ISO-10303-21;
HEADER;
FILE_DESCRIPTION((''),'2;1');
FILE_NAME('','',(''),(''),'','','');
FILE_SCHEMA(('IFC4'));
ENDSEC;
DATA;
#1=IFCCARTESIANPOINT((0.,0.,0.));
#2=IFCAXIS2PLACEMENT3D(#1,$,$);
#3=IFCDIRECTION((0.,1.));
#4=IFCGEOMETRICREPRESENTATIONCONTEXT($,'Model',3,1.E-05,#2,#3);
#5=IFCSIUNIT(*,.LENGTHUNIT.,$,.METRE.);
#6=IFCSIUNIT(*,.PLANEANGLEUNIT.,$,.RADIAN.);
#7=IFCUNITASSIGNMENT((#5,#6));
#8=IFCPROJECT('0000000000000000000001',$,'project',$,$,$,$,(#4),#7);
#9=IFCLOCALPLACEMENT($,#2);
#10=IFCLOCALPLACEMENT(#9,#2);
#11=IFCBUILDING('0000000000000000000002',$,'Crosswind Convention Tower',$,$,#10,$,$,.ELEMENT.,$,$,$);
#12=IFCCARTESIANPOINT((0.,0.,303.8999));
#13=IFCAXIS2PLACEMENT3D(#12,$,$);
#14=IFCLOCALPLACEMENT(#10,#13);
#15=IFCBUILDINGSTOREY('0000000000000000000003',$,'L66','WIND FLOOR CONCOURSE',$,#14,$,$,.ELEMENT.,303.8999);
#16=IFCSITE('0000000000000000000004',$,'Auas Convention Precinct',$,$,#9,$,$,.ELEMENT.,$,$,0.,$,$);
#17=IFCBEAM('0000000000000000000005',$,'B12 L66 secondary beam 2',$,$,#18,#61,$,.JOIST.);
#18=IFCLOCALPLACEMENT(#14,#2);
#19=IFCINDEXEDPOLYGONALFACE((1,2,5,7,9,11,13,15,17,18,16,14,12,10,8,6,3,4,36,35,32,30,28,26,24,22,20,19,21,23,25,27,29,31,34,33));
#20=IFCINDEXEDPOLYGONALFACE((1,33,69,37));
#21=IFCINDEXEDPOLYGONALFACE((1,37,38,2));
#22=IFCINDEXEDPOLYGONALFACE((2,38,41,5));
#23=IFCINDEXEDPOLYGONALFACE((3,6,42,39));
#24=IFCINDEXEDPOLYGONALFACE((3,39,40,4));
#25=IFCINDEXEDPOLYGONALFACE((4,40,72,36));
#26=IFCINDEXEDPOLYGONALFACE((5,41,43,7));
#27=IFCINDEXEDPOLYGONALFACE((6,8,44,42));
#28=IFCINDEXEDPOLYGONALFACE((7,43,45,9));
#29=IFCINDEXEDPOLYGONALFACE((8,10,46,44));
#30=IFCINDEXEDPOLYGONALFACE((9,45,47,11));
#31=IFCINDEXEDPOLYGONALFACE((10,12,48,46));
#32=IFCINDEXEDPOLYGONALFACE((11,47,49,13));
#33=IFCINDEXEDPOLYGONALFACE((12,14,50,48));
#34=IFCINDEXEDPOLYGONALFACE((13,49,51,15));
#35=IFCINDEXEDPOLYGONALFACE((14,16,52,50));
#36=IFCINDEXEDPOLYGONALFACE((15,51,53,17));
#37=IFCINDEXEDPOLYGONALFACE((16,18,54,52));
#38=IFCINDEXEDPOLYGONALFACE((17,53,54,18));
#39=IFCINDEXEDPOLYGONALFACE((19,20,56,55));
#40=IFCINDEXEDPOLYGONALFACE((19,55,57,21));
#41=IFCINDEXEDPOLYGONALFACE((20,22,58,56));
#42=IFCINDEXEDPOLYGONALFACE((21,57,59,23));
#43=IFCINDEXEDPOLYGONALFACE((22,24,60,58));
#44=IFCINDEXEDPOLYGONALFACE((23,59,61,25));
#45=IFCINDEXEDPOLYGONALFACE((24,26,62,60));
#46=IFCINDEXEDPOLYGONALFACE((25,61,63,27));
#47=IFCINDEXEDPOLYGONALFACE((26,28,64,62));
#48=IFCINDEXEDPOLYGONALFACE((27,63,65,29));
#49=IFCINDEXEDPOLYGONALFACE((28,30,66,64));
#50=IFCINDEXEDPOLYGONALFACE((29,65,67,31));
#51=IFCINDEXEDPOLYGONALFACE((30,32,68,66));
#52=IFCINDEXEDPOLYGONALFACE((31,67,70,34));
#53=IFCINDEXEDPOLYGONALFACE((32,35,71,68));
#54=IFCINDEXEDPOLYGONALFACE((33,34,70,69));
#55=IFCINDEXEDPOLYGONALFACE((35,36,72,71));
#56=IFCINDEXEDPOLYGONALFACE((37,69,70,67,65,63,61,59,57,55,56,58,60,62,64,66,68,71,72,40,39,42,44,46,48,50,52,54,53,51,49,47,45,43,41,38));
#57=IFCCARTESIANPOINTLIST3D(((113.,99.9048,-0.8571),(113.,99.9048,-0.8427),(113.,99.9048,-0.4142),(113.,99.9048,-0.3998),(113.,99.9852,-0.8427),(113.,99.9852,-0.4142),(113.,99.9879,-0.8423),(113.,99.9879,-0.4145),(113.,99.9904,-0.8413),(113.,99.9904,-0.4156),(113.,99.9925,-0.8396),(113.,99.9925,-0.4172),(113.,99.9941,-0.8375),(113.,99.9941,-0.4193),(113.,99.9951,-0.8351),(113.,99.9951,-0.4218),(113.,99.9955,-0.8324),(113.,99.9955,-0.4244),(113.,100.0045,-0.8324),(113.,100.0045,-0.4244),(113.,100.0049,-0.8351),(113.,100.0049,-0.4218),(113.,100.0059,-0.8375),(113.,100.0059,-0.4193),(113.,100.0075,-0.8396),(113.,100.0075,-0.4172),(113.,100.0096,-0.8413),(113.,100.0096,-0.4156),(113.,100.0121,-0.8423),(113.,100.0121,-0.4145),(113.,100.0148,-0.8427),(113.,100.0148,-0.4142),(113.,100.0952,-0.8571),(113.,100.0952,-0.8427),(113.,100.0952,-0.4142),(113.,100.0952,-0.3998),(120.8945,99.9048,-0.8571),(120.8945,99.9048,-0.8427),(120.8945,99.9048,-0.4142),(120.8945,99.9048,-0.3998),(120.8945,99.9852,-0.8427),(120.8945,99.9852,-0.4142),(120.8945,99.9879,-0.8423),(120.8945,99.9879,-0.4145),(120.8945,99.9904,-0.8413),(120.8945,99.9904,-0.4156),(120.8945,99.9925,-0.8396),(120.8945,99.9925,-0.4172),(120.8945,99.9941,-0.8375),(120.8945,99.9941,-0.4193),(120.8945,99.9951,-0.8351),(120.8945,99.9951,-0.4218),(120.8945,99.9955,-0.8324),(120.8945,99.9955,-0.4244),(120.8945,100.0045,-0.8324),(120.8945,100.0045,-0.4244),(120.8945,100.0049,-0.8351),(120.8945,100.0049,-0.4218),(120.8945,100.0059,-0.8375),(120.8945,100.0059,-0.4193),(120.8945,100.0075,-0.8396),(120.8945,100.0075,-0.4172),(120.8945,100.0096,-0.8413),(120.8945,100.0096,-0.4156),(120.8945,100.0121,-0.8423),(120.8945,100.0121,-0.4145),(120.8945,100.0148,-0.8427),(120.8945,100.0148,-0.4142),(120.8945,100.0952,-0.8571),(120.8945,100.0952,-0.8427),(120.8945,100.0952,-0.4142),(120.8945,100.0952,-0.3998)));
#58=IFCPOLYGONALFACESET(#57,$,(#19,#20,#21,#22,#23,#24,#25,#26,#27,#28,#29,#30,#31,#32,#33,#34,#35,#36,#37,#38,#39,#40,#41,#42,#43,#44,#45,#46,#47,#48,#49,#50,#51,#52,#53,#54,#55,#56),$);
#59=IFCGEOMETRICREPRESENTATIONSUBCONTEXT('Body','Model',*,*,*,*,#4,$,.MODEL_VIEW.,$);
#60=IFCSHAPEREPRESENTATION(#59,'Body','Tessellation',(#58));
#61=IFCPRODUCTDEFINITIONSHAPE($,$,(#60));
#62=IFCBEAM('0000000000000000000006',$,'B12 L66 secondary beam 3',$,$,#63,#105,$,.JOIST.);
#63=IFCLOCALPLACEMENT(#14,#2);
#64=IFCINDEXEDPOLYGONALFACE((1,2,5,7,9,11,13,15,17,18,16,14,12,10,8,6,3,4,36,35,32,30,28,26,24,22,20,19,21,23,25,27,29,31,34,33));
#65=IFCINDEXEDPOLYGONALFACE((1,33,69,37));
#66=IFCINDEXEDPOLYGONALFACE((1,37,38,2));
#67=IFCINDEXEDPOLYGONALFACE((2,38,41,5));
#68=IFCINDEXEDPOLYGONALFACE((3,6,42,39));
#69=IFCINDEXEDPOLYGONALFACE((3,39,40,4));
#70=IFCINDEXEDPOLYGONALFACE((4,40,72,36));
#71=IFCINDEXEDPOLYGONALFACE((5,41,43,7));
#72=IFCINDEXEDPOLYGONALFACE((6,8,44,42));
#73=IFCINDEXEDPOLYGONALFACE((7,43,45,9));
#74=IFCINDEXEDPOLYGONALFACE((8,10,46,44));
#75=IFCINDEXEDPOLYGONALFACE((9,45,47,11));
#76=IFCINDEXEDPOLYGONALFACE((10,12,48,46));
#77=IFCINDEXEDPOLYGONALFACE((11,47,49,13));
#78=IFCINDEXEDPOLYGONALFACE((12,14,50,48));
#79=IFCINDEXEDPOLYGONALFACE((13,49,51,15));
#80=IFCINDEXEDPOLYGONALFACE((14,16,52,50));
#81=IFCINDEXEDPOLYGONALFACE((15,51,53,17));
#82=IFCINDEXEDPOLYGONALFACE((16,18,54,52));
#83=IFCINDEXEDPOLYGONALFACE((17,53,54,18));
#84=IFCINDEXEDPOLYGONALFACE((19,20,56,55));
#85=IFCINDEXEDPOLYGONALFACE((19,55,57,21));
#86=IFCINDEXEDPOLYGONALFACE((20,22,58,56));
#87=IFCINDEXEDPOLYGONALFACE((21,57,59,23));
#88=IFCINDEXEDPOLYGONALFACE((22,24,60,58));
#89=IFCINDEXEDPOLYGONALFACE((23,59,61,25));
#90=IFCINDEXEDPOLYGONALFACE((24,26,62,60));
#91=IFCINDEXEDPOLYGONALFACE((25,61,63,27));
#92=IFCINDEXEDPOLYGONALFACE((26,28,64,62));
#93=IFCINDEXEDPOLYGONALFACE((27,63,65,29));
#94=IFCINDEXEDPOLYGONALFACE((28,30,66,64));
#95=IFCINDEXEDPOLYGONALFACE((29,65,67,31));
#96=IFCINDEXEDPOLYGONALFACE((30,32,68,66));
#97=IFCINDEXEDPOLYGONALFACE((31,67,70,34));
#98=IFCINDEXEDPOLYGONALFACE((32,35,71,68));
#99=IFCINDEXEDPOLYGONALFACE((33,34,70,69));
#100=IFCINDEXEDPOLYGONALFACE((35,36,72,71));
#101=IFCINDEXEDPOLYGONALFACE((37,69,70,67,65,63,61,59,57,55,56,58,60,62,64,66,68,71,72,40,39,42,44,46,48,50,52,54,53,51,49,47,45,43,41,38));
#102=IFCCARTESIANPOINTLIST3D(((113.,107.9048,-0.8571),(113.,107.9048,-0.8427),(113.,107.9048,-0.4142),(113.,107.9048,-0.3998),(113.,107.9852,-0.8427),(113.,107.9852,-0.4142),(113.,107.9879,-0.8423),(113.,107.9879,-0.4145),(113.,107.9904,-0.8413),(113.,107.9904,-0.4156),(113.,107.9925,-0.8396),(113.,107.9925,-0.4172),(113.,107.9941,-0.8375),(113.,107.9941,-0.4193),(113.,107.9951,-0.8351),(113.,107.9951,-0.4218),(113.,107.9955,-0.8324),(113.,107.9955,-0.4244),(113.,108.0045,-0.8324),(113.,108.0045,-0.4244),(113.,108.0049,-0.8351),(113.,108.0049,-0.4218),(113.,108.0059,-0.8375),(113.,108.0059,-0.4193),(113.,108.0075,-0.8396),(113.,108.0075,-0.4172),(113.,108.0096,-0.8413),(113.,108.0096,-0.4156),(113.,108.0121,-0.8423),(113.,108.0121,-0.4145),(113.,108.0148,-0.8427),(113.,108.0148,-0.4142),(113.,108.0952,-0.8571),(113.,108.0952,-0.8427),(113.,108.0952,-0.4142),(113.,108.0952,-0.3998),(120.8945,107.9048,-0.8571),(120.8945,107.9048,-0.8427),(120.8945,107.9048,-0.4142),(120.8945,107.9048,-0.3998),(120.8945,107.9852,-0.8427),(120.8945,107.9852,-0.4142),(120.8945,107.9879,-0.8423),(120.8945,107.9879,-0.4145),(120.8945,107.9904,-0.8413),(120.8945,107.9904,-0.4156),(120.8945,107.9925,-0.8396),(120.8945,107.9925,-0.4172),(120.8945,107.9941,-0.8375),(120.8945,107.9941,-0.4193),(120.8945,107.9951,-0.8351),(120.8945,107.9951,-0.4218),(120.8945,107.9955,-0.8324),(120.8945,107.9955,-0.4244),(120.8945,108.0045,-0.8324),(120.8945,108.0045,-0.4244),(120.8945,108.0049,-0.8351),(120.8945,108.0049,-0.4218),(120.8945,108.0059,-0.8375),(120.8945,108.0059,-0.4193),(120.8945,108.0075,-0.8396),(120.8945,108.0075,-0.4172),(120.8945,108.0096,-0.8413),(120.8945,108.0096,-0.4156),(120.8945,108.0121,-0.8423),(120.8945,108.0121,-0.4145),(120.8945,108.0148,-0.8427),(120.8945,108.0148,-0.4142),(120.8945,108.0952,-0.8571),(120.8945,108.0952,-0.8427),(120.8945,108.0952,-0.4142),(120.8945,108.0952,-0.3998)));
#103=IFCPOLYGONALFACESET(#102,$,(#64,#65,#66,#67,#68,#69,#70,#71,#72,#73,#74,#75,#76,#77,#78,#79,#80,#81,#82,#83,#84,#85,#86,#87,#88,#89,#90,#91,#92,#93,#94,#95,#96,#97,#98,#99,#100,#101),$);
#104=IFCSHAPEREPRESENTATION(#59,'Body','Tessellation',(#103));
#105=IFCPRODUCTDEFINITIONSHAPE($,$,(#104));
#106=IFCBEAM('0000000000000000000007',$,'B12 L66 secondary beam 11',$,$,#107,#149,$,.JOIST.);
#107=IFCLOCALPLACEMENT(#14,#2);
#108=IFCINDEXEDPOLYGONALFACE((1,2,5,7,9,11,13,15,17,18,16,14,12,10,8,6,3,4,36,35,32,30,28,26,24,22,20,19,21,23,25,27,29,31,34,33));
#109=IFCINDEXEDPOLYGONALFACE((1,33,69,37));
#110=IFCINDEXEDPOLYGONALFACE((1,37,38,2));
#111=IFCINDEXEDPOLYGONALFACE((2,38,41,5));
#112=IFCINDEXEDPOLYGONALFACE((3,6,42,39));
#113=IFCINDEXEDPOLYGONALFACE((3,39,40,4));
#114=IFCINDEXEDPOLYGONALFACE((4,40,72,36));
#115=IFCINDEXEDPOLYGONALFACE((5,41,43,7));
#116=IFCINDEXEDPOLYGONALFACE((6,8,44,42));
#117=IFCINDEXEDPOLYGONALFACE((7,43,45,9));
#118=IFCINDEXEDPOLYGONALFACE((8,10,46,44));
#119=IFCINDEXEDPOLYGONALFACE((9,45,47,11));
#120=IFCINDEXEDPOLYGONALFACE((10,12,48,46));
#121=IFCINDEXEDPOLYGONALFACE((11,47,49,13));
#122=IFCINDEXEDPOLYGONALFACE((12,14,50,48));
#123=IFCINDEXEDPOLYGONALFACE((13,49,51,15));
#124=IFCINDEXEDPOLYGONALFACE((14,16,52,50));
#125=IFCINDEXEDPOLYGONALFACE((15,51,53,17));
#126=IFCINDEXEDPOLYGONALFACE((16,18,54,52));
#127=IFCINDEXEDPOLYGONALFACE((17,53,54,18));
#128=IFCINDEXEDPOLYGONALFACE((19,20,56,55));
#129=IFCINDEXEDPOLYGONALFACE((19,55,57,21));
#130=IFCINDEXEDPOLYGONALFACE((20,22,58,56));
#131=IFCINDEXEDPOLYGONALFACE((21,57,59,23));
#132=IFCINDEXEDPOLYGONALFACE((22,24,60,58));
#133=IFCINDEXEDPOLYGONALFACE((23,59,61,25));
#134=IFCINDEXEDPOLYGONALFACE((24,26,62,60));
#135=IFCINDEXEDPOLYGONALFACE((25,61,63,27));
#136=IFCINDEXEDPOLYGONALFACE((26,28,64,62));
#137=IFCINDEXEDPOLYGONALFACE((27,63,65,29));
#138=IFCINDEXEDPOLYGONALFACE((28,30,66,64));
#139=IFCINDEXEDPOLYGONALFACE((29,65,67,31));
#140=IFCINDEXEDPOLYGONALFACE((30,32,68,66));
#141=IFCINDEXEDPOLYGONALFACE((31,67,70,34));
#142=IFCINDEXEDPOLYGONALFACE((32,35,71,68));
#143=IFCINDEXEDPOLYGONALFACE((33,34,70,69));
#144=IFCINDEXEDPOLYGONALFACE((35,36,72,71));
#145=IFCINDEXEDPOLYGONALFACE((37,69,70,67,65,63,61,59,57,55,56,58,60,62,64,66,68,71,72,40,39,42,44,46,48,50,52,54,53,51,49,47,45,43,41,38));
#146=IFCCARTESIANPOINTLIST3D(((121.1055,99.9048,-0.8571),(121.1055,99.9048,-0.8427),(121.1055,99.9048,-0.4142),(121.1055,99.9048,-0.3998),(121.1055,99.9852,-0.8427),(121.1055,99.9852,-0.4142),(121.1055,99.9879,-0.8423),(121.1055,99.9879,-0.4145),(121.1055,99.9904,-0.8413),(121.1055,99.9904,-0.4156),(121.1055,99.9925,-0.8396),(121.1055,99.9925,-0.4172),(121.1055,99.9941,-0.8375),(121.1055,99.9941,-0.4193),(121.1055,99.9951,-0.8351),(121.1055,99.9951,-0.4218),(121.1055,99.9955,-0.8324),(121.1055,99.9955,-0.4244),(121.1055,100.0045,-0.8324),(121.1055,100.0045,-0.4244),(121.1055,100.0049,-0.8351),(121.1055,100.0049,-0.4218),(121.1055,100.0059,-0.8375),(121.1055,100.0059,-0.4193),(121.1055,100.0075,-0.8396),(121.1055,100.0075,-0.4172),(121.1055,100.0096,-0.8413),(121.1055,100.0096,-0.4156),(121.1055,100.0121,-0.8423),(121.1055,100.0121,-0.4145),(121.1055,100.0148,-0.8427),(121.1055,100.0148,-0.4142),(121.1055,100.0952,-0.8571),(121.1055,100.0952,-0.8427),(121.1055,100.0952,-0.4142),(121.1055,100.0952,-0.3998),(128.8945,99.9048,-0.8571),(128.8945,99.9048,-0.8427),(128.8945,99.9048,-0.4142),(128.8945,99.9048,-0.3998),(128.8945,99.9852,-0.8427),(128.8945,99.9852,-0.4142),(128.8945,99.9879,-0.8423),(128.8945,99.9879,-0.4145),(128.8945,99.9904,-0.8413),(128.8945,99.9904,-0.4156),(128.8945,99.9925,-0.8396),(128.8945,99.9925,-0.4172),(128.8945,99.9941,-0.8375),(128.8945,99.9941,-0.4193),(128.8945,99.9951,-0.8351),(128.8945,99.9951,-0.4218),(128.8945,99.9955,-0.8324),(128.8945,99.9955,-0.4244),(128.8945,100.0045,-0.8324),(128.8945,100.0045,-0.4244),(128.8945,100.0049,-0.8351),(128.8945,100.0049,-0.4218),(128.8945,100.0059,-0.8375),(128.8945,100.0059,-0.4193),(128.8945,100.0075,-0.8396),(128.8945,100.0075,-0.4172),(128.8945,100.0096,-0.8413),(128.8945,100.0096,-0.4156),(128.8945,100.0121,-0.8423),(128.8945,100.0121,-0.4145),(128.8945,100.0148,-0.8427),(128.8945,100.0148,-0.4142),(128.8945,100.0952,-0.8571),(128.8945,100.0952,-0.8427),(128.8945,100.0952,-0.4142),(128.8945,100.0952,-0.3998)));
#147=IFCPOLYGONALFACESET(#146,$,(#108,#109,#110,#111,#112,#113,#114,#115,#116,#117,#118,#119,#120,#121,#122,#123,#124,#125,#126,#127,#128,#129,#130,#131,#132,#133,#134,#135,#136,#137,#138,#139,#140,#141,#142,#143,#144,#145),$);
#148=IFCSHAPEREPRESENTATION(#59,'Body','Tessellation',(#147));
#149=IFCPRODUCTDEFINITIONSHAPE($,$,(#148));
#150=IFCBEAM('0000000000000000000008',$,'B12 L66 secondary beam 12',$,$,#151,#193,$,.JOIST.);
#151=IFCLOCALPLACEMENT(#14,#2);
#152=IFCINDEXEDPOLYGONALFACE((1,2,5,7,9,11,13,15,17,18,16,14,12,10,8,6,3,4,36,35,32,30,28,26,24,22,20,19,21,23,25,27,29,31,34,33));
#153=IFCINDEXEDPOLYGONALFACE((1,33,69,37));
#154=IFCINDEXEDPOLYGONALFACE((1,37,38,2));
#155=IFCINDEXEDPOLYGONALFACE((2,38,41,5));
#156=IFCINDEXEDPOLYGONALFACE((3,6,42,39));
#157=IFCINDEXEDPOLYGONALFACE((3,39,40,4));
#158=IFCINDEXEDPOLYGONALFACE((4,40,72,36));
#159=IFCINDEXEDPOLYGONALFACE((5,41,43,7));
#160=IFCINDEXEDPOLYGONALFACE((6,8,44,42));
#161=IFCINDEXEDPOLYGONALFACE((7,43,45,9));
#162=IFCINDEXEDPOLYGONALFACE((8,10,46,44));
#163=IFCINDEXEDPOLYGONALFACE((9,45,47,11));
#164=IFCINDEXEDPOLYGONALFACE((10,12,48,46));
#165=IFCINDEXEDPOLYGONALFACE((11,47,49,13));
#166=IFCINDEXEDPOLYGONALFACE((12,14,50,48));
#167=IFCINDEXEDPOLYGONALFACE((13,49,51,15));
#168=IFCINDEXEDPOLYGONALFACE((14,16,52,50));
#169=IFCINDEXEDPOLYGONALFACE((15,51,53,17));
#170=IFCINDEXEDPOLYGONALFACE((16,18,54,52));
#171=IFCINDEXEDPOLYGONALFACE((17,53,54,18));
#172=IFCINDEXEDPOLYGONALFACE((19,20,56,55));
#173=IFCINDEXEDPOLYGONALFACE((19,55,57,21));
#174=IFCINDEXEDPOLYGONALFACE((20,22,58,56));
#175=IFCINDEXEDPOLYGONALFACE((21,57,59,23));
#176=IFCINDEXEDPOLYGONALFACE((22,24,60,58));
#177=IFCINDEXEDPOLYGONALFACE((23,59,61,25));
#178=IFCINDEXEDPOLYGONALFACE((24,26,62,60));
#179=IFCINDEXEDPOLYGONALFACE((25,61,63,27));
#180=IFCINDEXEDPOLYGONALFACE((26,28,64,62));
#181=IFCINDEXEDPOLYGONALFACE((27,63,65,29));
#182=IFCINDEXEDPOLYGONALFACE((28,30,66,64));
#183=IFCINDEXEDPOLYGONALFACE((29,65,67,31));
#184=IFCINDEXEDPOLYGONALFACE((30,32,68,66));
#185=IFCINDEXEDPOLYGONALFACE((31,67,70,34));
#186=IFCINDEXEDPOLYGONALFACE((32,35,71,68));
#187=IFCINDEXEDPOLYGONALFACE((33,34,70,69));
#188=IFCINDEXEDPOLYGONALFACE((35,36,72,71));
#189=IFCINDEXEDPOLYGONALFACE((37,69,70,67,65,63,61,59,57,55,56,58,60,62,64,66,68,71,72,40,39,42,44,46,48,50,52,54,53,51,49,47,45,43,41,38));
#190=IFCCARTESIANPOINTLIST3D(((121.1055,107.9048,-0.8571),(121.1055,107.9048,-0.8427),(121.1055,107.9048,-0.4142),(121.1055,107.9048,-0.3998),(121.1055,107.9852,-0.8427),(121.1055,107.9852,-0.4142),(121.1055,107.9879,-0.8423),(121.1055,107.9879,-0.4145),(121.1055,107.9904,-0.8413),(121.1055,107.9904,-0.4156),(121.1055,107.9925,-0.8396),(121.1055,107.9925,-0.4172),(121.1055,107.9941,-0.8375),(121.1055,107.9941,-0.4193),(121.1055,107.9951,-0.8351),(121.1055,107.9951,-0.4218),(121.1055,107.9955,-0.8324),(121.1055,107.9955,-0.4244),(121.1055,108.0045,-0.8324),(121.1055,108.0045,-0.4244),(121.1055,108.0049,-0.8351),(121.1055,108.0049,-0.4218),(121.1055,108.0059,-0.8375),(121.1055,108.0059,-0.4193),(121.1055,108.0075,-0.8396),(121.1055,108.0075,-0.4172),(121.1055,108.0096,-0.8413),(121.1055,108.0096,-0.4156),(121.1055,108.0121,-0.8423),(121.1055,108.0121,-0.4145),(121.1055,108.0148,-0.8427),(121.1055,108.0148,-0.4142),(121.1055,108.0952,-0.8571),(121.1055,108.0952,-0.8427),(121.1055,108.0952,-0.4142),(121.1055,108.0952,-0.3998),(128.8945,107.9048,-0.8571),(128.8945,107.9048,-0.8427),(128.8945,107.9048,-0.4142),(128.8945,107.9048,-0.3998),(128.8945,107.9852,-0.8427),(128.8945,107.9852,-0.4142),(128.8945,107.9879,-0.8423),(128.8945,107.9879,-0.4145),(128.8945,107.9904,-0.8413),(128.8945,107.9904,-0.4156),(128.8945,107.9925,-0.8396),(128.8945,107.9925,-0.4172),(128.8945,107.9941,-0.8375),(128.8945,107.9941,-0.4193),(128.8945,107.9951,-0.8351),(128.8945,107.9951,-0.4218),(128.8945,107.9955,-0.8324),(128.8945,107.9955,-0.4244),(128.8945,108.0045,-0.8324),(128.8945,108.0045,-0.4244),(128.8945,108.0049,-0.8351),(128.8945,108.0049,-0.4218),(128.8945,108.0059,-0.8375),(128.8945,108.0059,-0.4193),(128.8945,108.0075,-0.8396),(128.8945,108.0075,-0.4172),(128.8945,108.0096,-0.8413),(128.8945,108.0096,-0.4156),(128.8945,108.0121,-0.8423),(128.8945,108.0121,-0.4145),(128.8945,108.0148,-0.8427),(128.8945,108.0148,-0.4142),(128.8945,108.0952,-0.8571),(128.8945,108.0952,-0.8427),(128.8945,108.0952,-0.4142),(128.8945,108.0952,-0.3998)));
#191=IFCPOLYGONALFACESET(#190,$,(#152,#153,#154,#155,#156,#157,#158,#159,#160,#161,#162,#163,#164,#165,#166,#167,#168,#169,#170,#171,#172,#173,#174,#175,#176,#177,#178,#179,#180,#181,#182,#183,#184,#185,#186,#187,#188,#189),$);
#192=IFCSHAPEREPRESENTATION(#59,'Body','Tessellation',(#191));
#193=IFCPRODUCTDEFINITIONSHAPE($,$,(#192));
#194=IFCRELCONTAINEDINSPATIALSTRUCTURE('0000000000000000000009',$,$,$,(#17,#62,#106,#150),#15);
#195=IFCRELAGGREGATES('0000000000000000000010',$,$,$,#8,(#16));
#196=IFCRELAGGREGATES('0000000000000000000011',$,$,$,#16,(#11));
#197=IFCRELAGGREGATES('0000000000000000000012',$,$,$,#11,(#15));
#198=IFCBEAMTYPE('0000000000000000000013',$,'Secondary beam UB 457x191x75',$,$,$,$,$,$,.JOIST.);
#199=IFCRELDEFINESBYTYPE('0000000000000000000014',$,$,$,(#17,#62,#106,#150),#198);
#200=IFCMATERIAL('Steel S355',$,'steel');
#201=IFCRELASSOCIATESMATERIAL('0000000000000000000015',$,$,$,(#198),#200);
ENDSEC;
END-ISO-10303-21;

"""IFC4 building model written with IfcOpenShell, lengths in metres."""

from ifc_helpers import new_model, si_unit, direction, frame, origin, origin_2d, place, context, subcontext, project, spatial, i_section, extrude, material, material_profile, profile_set, type_object, element, save


model = new_model("IFC4")

# Units and contexts
model_context = context("Model", 3, precision=1e-05, world=origin(), true_north=direction((0.0, 1.0)))
body_context = subcontext(model_context, "Body", "Model", "MODEL_VIEW")
ifc_project = project(units=[si_unit("LENGTHUNIT", "METRE"), si_unit("PLANEANGLEUNIT", "RADIAN")], contexts=[model_context])

# Site, building, storey
site_placement = place(None, origin())
site = spatial("IfcSite", under=ifc_project, at=site_placement, Name="Auas Convention Precinct", CompositionType="ELEMENT", RefElevation=0.0)
building_placement = place(site_placement, origin())
building = spatial("IfcBuilding", under=site, at=building_placement, Name="Crosswind Convention Tower", CompositionType="ELEMENT")
storey_placement = place(building_placement, frame((0.0, 0.0, 303.8999)))
storey = spatial("IfcBuildingStorey", under=building, at=storey_placement, Name="L66", Description="WIND FLOOR CONCOURSE", CompositionType="ELEMENT", Elevation=303.8999)

# Beams
ifc_material_1 = material(Name="Steel S355", Category="steel")
ifc_material_profile_1 = material_profile(ifc_material_1, i_section(OverallWidth=0.1904, OverallDepth=0.4573, WebThickness=0.009, FlangeThickness=0.0144, FilletRadius=0.0103, at=origin_2d()), Name="UB 457x191x75")
ifc_profile_set_1 = profile_set([ifc_material_profile_1], Name="Steel S355")
beam_type_1 = type_object("IfcBeamType", Name="Secondary beam UB 457x191x75", PredefinedType="JOIST", material=ifc_profile_set_1)
for number, where, z_axis, x_axis, name in (
    (1, (113.0, 100.0, -0.6284), (1.0, 0.0, 0.0), (0.0, 1.0, 0.0), "B12 L66 secondary beam 2"),
    (2, (113.0, 108.0, -0.6284), (1.0, 0.0, 0.0), (0.0, 1.0, 0.0), "B12 L66 secondary beam 3"),
):
    element("IfcBeam", number, at=place(storey_placement, frame(where, z_axis=z_axis, x_axis=x_axis)), inside=storey, type_object=beam_type_1, Name=name, PredefinedType="JOIST", context=body_context, shape_type="SweptSolid", body=[
        extrude(i_section(OverallWidth=0.1904, OverallDepth=0.4573, WebThickness=0.009, FlangeThickness=0.0144, FilletRadius=0.0103, at=origin_2d()), origin(), (0.0, 0.0, 1.0), 7.8945),
    ])
for number, where, z_axis, x_axis, name in (
    (3, (121.1055, 100.0, -0.6284), (1.0, 0.0, 0.0), (0.0, 1.0, 0.0), "B12 L66 secondary beam 11"),
    (4, (121.1055, 108.0, -0.6284), (1.0, 0.0, 0.0), (0.0, 1.0, 0.0), "B12 L66 secondary beam 12"),
):
    element("IfcBeam", number, at=place(storey_placement, frame(where, z_axis=z_axis, x_axis=x_axis)), inside=storey, type_object=beam_type_1, Name=name, PredefinedType="JOIST", context=body_context, shape_type="SweptSolid", body=[
        extrude(i_section(OverallWidth=0.1904, OverallDepth=0.4573, WebThickness=0.009, FlangeThickness=0.0144, FilletRadius=0.0103, at=origin_2d()), origin(), (0.0, 0.0, 1.0), 7.7891),
    ])

save(model, "model.ifc")
